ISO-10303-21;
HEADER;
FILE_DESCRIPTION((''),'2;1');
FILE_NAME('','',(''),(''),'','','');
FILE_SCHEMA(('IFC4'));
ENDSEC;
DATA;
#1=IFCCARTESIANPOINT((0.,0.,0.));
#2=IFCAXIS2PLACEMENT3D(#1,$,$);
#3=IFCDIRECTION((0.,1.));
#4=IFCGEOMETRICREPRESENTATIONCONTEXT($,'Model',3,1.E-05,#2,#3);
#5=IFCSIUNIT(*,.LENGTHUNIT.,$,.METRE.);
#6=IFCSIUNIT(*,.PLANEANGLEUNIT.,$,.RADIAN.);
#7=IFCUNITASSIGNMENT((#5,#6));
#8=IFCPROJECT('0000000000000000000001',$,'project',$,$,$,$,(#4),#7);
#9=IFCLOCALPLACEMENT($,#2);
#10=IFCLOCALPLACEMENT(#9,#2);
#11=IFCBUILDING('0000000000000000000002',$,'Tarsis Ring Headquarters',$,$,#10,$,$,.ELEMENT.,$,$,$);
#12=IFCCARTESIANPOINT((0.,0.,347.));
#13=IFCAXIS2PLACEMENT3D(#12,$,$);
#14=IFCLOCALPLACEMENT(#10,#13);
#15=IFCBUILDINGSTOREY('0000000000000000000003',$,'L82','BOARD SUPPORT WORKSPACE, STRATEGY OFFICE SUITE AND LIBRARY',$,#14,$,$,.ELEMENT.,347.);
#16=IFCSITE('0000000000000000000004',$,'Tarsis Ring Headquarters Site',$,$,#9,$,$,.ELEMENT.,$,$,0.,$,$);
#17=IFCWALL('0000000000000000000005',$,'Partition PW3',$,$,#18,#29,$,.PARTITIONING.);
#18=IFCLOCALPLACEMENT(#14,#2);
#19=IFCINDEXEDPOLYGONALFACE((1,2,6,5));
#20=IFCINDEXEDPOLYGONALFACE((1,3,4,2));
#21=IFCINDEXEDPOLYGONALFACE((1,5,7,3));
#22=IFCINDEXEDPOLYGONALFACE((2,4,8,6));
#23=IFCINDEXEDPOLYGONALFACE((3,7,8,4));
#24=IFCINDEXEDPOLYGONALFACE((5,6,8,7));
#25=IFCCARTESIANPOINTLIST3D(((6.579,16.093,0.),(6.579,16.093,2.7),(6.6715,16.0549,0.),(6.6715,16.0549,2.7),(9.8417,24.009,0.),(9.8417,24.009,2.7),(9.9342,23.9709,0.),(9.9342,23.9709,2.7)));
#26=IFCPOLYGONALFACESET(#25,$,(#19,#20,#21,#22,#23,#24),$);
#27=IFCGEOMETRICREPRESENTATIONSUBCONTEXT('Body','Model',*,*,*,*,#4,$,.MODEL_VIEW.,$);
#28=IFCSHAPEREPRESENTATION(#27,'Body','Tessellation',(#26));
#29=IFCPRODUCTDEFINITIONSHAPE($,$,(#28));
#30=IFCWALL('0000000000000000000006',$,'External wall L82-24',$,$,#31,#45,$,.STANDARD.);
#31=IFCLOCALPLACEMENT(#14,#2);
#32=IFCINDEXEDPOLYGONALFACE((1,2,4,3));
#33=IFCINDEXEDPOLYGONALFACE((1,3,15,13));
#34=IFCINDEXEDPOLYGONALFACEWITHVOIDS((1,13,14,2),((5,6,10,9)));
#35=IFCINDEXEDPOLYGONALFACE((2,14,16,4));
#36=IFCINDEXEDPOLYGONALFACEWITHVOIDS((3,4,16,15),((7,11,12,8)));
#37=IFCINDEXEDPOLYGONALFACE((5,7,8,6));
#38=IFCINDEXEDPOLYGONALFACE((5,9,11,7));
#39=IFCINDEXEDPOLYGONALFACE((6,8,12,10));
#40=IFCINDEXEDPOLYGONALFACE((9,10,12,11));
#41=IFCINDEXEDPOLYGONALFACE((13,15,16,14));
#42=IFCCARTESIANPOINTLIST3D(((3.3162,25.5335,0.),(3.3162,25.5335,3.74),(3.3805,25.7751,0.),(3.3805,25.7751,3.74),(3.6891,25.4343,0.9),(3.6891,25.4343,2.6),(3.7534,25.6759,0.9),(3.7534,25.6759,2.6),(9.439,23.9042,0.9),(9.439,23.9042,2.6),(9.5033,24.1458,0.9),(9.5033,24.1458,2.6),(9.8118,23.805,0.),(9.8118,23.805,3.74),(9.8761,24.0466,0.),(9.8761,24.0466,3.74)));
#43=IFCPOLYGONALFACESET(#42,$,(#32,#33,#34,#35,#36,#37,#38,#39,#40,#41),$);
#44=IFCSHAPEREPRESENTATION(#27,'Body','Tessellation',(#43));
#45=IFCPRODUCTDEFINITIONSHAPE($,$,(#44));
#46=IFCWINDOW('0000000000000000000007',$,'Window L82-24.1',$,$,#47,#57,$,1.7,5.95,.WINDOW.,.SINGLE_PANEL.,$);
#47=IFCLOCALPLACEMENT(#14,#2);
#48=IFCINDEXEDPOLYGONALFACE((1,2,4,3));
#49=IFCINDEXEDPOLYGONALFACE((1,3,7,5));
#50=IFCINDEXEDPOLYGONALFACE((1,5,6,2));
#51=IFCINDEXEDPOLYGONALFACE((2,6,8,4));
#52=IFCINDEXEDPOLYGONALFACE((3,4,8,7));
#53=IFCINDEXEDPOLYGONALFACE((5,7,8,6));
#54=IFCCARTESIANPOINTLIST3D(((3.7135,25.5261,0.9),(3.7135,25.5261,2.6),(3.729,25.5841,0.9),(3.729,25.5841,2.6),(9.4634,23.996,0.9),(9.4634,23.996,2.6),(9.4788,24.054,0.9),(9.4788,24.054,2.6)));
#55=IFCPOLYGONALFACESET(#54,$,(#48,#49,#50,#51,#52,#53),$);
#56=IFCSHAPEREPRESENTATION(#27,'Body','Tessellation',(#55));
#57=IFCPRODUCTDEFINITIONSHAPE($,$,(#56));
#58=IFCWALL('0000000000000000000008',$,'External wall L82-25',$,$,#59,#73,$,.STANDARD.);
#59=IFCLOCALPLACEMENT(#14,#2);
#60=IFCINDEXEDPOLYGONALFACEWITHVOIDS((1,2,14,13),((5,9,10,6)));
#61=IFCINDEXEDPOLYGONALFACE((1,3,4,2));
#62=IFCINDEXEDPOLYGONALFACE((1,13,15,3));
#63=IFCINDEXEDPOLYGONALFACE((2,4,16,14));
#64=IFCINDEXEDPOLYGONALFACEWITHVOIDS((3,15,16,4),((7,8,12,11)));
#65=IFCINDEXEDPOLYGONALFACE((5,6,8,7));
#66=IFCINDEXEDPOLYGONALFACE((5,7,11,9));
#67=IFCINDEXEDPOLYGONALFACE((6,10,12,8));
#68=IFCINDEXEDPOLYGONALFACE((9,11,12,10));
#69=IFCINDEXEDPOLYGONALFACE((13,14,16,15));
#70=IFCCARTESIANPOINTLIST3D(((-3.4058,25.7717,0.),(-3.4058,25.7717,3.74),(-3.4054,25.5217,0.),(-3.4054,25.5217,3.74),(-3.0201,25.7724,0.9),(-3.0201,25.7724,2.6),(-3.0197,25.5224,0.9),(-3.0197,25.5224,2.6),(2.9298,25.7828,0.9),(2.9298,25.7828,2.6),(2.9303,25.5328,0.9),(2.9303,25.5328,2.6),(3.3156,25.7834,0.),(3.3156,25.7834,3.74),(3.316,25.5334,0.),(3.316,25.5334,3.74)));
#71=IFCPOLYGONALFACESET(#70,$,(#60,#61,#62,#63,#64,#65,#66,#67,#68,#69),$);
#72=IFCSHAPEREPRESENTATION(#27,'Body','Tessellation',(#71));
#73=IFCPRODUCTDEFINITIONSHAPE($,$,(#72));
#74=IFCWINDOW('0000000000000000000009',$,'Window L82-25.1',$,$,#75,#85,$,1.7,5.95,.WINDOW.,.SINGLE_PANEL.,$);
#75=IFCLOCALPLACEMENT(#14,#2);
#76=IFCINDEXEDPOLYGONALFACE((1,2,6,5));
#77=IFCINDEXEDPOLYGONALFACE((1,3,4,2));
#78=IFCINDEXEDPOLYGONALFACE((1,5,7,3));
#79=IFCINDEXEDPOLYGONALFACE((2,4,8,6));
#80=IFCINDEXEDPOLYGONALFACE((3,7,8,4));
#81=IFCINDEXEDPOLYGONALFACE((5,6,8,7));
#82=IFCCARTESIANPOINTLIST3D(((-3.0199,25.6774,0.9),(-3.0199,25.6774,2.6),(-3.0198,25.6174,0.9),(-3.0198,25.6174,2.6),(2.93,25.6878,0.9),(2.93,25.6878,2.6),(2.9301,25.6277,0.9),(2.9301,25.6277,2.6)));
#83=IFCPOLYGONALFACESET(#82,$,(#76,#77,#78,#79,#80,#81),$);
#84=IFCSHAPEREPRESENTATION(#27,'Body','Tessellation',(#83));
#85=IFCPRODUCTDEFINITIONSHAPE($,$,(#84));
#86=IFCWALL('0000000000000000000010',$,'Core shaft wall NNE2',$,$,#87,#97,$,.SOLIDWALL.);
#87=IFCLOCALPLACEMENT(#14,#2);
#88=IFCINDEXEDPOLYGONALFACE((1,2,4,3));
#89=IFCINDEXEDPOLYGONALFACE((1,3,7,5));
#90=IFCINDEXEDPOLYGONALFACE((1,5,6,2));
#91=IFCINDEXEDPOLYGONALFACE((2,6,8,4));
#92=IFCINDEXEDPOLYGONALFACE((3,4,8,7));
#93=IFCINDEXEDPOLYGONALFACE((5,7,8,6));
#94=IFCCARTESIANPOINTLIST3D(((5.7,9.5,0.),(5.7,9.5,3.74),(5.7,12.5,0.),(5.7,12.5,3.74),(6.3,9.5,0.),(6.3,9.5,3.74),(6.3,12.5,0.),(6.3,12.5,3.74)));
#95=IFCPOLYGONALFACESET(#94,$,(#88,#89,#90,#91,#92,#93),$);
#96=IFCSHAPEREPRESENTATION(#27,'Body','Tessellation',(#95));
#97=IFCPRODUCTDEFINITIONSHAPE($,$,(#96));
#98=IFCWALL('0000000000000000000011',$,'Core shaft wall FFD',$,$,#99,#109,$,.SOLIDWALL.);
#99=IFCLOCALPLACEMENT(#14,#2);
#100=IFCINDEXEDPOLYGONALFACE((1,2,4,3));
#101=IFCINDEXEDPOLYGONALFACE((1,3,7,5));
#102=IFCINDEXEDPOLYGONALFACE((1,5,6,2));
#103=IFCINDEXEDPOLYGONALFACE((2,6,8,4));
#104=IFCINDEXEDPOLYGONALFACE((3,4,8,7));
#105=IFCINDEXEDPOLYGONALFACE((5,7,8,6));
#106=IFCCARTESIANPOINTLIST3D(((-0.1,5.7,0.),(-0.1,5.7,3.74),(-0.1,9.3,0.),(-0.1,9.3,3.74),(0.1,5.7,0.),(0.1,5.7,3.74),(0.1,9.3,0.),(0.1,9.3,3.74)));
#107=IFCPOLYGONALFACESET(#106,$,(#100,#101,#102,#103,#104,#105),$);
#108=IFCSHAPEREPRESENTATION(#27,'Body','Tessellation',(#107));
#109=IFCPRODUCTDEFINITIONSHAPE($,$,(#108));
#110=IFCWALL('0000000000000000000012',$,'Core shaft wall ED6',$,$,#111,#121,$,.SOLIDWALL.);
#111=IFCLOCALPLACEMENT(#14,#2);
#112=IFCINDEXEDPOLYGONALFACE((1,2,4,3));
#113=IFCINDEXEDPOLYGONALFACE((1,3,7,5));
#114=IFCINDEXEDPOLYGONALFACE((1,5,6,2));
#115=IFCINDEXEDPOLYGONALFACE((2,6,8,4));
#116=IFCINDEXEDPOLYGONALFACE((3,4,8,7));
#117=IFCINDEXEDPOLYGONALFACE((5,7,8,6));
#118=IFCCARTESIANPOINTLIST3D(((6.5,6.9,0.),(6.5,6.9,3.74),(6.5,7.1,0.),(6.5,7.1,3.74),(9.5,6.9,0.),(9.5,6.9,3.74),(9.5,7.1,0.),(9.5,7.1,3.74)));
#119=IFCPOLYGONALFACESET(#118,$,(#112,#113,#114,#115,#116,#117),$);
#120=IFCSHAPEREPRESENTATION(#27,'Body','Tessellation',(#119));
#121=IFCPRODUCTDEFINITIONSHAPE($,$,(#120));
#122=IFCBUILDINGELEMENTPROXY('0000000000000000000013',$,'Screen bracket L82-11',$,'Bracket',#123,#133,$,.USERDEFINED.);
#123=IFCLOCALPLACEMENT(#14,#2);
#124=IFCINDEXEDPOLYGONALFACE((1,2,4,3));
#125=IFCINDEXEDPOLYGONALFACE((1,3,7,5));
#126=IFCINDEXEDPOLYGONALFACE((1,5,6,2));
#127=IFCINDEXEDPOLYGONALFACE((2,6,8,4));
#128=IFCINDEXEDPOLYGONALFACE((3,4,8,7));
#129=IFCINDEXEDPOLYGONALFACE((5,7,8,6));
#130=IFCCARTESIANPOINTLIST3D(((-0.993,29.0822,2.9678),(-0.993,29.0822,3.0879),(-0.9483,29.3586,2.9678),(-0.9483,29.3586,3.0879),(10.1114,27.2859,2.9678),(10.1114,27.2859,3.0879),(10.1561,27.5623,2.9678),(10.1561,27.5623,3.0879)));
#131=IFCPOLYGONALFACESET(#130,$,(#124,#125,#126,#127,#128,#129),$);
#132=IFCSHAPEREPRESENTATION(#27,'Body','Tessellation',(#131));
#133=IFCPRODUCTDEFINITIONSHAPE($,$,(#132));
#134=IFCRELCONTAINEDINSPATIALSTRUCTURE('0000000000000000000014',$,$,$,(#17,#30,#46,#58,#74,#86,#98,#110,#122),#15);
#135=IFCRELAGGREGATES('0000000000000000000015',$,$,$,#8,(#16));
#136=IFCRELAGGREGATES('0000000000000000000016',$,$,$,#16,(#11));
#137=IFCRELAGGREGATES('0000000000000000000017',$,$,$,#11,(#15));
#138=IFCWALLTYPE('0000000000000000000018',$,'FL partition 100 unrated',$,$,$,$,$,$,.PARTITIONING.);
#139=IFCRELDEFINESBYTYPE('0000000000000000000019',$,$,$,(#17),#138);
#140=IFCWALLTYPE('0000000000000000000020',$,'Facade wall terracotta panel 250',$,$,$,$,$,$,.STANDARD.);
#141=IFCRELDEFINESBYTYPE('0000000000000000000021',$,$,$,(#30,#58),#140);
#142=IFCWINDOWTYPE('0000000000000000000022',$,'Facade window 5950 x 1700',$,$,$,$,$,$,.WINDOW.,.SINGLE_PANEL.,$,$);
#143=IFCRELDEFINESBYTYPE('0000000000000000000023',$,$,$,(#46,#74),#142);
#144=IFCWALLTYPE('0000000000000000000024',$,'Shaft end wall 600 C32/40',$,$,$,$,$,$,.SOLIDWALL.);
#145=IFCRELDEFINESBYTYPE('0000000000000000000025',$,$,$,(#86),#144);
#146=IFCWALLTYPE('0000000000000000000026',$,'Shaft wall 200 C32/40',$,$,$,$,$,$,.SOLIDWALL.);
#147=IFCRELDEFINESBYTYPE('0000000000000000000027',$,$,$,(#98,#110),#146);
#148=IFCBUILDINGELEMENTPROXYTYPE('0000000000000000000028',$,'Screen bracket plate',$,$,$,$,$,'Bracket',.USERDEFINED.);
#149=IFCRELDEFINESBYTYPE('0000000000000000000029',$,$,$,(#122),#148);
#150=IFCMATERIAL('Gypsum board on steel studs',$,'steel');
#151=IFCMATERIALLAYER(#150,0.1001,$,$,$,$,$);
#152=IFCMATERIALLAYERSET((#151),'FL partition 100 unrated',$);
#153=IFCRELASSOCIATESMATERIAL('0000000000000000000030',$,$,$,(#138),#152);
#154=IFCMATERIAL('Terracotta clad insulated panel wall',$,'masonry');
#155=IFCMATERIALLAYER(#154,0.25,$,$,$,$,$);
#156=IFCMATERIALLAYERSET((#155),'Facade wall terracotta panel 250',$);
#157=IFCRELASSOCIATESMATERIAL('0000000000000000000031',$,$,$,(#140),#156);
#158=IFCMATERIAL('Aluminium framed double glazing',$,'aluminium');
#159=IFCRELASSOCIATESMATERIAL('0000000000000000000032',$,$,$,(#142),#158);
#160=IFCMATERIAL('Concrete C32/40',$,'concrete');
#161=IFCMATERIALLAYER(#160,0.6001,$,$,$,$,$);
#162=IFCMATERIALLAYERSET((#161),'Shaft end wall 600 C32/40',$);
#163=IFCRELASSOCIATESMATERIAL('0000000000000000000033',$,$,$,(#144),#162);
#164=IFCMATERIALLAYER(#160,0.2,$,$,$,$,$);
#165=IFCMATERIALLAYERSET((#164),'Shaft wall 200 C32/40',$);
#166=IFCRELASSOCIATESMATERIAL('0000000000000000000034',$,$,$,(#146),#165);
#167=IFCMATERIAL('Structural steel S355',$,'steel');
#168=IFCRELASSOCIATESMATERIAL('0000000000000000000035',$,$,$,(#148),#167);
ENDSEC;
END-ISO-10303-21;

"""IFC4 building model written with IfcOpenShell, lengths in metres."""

from ifc_helpers import new_model, si_unit, direction, frame, frame_2d, origin, origin_2d, place, context, subcontext, project, spatial, rectangle, extrude, material, layer, layer_set, type_object, element, fill, save


model = new_model("IFC4")

# Units and contexts
model_context = context("Model", 3, precision=1e-05, world=origin(), true_north=direction((0.0, 1.0)))
body_context = subcontext(model_context, "Body", "Model", "MODEL_VIEW")
ifc_project = project(units=[si_unit("LENGTHUNIT", "METRE"), si_unit("PLANEANGLEUNIT", "RADIAN")], contexts=[model_context])

# Site, building, storey
site_placement = place(None, origin())
site = spatial("IfcSite", under=ifc_project, at=site_placement, Name="Tarsis Ring Headquarters Site", CompositionType="ELEMENT", RefElevation=0.0)
building_placement = place(site_placement, origin())
building = spatial("IfcBuilding", under=site, at=building_placement, Name="Tarsis Ring Headquarters", CompositionType="ELEMENT")
storey_placement = place(building_placement, frame((0.0, 0.0, 347.0)))
storey = spatial("IfcBuildingStorey", under=building, at=storey_placement, Name="L82", Description="BOARD SUPPORT WORKSPACE, STRATEGY OFFICE SUITE AND LIBRARY", CompositionType="ELEMENT", Elevation=347.0)

# Shared definitions
ifc_material_1 = material(Name="Structural steel S355", Category="steel")

# Wall
ifc_material_2 = material(Name="Gypsum board on steel studs", Category="steel")
ifc_layer_1 = layer(ifc_material_2, 0.1001)
ifc_layer_set_1 = layer_set([ifc_layer_1], Name="FL partition 100 unrated")
wall_type_1 = type_object("IfcWallType", Name="FL partition 100 unrated", PredefinedType="PARTITIONING", material=ifc_layer_set_1)
wall_1_placement = place(storey_placement, frame((6.6252, 16.074, 0.0), z_axis=(0.0, 0.0, 1.0), x_axis=(0.381065, 0.924548, 0.0)))
element("IfcWall", 1, at=wall_1_placement, inside=storey, type_object=wall_type_1, Name="Partition PW3", PredefinedType="PARTITIONING", context=body_context, shape_type="SweptSolid", body=[
    extrude(rectangle(XDim=8.562, YDim=0.1001, at=frame_2d((4.281, 0.0))), origin(), (0.0, 0.0, 1.0), 2.7),
])

# Walls, openings, windows
ifc_material_3 = material(Name="Terracotta clad insulated panel wall", Category="masonry")
ifc_layer_2 = layer(ifc_material_3, 0.25)
ifc_layer_set_2 = layer_set([ifc_layer_2], Name="Facade wall terracotta panel 250")
wall_type_2 = type_object("IfcWallType", Name="Facade wall terracotta panel 250", PredefinedType="STANDARD", material=ifc_layer_set_2)
wall_2_placement = place(storey_placement, frame((9.844, 23.9258, 0.0), z_axis=(0.0, 0.0, 1.0), x_axis=(-0.96637, 0.257156, 0.0)))
wall_2 = element("IfcWall", 2, at=wall_2_placement, inside=storey, type_object=wall_type_2, Name="External wall L82-24", PredefinedType="STANDARD", context=body_context, shape_type="SweptSolid", body=[
    extrude(rectangle(XDim=6.7217, YDim=0.25, at=frame_2d((3.3608, 0.0))), origin(), (0.0, 0.0, 1.0), 3.74),
])
opening_1_placement = place(wall_2_placement, frame((0.3857, 0.0, 0.8999)))
opening_1 = element("IfcOpeningElement", 3, at=opening_1_placement, cuts=wall_2, PredefinedType="OPENING", context=body_context, shape_type="SweptSolid", body=[
    extrude(rectangle(XDim=5.95, YDim=1.7, at=frame_2d((2.9751, 0.8501))), frame((0.0, 0.135, 0.0), z_axis=(0.0, -1.0, 0.0), x_axis=(1.0, 0.0, 0.0)), (0.0, 0.0, 1.0), 0.27),
])
ifc_material_4 = material(Name="Aluminium framed double glazing", Category="aluminium")
window_type = type_object("IfcWindowType", Name="Facade window 5950 x 1700", PartitioningType="SINGLE_PANEL", PredefinedType="WINDOW", material=ifc_material_4)
window_1_placement = place(opening_1_placement, origin())
window_1 = element("IfcWindow", 4, at=window_1_placement, inside=storey, type_object=window_type, Name="Window L82-24.1", OverallHeight=1.7, OverallWidth=5.95, PartitioningType="SINGLE_PANEL", PredefinedType="WINDOW", context=body_context, shape_type="SweptSolid", body=[
    extrude(rectangle(XDim=5.95, YDim=1.7, at=frame_2d((2.9751, 0.8501))), frame((0.0, 0.03, 0.0), z_axis=(0.0, -1.0, 0.0), x_axis=(1.0, 0.0, 0.0)), (0.0, 0.0, 1.0), 0.0601),
])
fill(opening_1, window_1)
wall_3_placement = place(storey_placement, frame((3.3159, 25.6584, 0.0), z_axis=(0.0, 0.0, 1.0), x_axis=(-0.999998, -0.001743, 0.0)))
wall_3 = element("IfcWall", 5, at=wall_3_placement, inside=storey, type_object=wall_type_2, Name="External wall L82-25", PredefinedType="STANDARD", context=body_context, shape_type="SweptSolid", body=[
    extrude(rectangle(XDim=6.7214, YDim=0.25, at=frame_2d((3.3608, 0.0))), origin(), (0.0, 0.0, 1.0), 3.74),
])
opening_2_placement = place(wall_3_placement, frame((0.3857, 0.0, 0.8999)))
opening_2 = element("IfcOpeningElement", 6, at=opening_2_placement, cuts=wall_3, PredefinedType="OPENING", context=body_context, shape_type="SweptSolid", body=[
    extrude(rectangle(XDim=5.95, YDim=1.7, at=frame_2d((2.9751, 0.8501))), frame((0.0, 0.135, 0.0), z_axis=(0.0, -1.0, 0.0), x_axis=(1.0, 0.0, 0.0)), (0.0, 0.0, 1.0), 0.27),
])
window_2_placement = place(opening_2_placement, origin())
window_2 = element("IfcWindow", 7, at=window_2_placement, inside=storey, type_object=window_type, Name="Window L82-25.1", OverallHeight=1.7, OverallWidth=5.95, PartitioningType="SINGLE_PANEL", PredefinedType="WINDOW", context=body_context, shape_type="SweptSolid", body=[
    extrude(rectangle(XDim=5.95, YDim=1.7, at=frame_2d((2.9751, 0.8501))), frame((0.0, 0.03, 0.0), z_axis=(0.0, -1.0, 0.0), x_axis=(1.0, 0.0, 0.0)), (0.0, 0.0, 1.0), 0.0601),
])
fill(opening_2, window_2)

# Walls
ifc_material_5 = material(Name="Concrete C32/40", Category="concrete")
ifc_layer_3 = layer(ifc_material_5, 0.6001)
ifc_layer_set_3 = layer_set([ifc_layer_3], Name="Shaft end wall 600 C32/40")
wall_type_3 = type_object("IfcWallType", Name="Shaft end wall 600 C32/40", PredefinedType="SOLIDWALL", material=ifc_layer_set_3)
wall_4_placement = place(storey_placement, frame((6.0, 9.5, 0.0), z_axis=(0.0, 0.0, 1.0), x_axis=(0.0, 1.0, 0.0)))
element("IfcWall", 8, at=wall_4_placement, inside=storey, type_object=wall_type_3, Name="Core shaft wall NNE2", PredefinedType="SOLIDWALL", context=body_context, shape_type="SweptSolid", body=[
    extrude(rectangle(XDim=3.0, YDim=0.6001, at=frame_2d((1.5, 0.0))), origin(), (0.0, 0.0, 1.0), 3.74),
])
ifc_layer_4 = layer(ifc_material_5, 0.2)
ifc_layer_set_4 = layer_set([ifc_layer_4], Name="Shaft wall 200 C32/40")
wall_type_4 = type_object("IfcWallType", Name="Shaft wall 200 C32/40", PredefinedType="SOLIDWALL", material=ifc_layer_set_4)
wall_5_placement = place(storey_placement, frame((0.0, 5.7, 0.0), z_axis=(0.0, 0.0, 1.0), x_axis=(0.0, 1.0, 0.0)))
element("IfcWall", 9, at=wall_5_placement, inside=storey, type_object=wall_type_4, Name="Core shaft wall FFD", PredefinedType="SOLIDWALL", context=body_context, shape_type="SweptSolid", body=[
    extrude(rectangle(XDim=3.6001, YDim=0.2, at=frame_2d((1.8, 0.0))), origin(), (0.0, 0.0, 1.0), 3.74),
])
wall_6_placement = place(storey_placement, frame((6.5, 7.0, 0.0), z_axis=(0.0, 0.0, 1.0), x_axis=(1.0, 0.0, 0.0)))
element("IfcWall", 10, at=wall_6_placement, inside=storey, type_object=wall_type_4, Name="Core shaft wall ED6", PredefinedType="SOLIDWALL", context=body_context, shape_type="SweptSolid", body=[
    extrude(rectangle(XDim=3.0, YDim=0.2, at=frame_2d((1.5, 0.0))), origin(), (0.0, 0.0, 1.0), 3.74),
])

# Building element proxy
building_element_proxy_type = type_object("IfcBuildingElementProxyType", Name="Screen bracket plate", ElementType="Bracket", PredefinedType="USERDEFINED", material=ifc_material_1)
proxy_placement = place(storey_placement, frame((4.5815, 28.3223, 2.9678), z_axis=(0.0, 0.0, 1.0), x_axis=(-0.987168, 0.159687, 0.0)))
element("IfcBuildingElementProxy", 11, at=proxy_placement, inside=storey, type_object=building_element_proxy_type, Name="Screen bracket L82-11", ObjectType="Bracket", PredefinedType="USERDEFINED", context=body_context, shape_type="SweptSolid", body=[
    extrude(rectangle(XDim=11.2488, YDim=0.28, at=origin_2d()), origin(), (0.0, 0.0, 1.0), 0.1201),
])

save(model, "model.ifc")
